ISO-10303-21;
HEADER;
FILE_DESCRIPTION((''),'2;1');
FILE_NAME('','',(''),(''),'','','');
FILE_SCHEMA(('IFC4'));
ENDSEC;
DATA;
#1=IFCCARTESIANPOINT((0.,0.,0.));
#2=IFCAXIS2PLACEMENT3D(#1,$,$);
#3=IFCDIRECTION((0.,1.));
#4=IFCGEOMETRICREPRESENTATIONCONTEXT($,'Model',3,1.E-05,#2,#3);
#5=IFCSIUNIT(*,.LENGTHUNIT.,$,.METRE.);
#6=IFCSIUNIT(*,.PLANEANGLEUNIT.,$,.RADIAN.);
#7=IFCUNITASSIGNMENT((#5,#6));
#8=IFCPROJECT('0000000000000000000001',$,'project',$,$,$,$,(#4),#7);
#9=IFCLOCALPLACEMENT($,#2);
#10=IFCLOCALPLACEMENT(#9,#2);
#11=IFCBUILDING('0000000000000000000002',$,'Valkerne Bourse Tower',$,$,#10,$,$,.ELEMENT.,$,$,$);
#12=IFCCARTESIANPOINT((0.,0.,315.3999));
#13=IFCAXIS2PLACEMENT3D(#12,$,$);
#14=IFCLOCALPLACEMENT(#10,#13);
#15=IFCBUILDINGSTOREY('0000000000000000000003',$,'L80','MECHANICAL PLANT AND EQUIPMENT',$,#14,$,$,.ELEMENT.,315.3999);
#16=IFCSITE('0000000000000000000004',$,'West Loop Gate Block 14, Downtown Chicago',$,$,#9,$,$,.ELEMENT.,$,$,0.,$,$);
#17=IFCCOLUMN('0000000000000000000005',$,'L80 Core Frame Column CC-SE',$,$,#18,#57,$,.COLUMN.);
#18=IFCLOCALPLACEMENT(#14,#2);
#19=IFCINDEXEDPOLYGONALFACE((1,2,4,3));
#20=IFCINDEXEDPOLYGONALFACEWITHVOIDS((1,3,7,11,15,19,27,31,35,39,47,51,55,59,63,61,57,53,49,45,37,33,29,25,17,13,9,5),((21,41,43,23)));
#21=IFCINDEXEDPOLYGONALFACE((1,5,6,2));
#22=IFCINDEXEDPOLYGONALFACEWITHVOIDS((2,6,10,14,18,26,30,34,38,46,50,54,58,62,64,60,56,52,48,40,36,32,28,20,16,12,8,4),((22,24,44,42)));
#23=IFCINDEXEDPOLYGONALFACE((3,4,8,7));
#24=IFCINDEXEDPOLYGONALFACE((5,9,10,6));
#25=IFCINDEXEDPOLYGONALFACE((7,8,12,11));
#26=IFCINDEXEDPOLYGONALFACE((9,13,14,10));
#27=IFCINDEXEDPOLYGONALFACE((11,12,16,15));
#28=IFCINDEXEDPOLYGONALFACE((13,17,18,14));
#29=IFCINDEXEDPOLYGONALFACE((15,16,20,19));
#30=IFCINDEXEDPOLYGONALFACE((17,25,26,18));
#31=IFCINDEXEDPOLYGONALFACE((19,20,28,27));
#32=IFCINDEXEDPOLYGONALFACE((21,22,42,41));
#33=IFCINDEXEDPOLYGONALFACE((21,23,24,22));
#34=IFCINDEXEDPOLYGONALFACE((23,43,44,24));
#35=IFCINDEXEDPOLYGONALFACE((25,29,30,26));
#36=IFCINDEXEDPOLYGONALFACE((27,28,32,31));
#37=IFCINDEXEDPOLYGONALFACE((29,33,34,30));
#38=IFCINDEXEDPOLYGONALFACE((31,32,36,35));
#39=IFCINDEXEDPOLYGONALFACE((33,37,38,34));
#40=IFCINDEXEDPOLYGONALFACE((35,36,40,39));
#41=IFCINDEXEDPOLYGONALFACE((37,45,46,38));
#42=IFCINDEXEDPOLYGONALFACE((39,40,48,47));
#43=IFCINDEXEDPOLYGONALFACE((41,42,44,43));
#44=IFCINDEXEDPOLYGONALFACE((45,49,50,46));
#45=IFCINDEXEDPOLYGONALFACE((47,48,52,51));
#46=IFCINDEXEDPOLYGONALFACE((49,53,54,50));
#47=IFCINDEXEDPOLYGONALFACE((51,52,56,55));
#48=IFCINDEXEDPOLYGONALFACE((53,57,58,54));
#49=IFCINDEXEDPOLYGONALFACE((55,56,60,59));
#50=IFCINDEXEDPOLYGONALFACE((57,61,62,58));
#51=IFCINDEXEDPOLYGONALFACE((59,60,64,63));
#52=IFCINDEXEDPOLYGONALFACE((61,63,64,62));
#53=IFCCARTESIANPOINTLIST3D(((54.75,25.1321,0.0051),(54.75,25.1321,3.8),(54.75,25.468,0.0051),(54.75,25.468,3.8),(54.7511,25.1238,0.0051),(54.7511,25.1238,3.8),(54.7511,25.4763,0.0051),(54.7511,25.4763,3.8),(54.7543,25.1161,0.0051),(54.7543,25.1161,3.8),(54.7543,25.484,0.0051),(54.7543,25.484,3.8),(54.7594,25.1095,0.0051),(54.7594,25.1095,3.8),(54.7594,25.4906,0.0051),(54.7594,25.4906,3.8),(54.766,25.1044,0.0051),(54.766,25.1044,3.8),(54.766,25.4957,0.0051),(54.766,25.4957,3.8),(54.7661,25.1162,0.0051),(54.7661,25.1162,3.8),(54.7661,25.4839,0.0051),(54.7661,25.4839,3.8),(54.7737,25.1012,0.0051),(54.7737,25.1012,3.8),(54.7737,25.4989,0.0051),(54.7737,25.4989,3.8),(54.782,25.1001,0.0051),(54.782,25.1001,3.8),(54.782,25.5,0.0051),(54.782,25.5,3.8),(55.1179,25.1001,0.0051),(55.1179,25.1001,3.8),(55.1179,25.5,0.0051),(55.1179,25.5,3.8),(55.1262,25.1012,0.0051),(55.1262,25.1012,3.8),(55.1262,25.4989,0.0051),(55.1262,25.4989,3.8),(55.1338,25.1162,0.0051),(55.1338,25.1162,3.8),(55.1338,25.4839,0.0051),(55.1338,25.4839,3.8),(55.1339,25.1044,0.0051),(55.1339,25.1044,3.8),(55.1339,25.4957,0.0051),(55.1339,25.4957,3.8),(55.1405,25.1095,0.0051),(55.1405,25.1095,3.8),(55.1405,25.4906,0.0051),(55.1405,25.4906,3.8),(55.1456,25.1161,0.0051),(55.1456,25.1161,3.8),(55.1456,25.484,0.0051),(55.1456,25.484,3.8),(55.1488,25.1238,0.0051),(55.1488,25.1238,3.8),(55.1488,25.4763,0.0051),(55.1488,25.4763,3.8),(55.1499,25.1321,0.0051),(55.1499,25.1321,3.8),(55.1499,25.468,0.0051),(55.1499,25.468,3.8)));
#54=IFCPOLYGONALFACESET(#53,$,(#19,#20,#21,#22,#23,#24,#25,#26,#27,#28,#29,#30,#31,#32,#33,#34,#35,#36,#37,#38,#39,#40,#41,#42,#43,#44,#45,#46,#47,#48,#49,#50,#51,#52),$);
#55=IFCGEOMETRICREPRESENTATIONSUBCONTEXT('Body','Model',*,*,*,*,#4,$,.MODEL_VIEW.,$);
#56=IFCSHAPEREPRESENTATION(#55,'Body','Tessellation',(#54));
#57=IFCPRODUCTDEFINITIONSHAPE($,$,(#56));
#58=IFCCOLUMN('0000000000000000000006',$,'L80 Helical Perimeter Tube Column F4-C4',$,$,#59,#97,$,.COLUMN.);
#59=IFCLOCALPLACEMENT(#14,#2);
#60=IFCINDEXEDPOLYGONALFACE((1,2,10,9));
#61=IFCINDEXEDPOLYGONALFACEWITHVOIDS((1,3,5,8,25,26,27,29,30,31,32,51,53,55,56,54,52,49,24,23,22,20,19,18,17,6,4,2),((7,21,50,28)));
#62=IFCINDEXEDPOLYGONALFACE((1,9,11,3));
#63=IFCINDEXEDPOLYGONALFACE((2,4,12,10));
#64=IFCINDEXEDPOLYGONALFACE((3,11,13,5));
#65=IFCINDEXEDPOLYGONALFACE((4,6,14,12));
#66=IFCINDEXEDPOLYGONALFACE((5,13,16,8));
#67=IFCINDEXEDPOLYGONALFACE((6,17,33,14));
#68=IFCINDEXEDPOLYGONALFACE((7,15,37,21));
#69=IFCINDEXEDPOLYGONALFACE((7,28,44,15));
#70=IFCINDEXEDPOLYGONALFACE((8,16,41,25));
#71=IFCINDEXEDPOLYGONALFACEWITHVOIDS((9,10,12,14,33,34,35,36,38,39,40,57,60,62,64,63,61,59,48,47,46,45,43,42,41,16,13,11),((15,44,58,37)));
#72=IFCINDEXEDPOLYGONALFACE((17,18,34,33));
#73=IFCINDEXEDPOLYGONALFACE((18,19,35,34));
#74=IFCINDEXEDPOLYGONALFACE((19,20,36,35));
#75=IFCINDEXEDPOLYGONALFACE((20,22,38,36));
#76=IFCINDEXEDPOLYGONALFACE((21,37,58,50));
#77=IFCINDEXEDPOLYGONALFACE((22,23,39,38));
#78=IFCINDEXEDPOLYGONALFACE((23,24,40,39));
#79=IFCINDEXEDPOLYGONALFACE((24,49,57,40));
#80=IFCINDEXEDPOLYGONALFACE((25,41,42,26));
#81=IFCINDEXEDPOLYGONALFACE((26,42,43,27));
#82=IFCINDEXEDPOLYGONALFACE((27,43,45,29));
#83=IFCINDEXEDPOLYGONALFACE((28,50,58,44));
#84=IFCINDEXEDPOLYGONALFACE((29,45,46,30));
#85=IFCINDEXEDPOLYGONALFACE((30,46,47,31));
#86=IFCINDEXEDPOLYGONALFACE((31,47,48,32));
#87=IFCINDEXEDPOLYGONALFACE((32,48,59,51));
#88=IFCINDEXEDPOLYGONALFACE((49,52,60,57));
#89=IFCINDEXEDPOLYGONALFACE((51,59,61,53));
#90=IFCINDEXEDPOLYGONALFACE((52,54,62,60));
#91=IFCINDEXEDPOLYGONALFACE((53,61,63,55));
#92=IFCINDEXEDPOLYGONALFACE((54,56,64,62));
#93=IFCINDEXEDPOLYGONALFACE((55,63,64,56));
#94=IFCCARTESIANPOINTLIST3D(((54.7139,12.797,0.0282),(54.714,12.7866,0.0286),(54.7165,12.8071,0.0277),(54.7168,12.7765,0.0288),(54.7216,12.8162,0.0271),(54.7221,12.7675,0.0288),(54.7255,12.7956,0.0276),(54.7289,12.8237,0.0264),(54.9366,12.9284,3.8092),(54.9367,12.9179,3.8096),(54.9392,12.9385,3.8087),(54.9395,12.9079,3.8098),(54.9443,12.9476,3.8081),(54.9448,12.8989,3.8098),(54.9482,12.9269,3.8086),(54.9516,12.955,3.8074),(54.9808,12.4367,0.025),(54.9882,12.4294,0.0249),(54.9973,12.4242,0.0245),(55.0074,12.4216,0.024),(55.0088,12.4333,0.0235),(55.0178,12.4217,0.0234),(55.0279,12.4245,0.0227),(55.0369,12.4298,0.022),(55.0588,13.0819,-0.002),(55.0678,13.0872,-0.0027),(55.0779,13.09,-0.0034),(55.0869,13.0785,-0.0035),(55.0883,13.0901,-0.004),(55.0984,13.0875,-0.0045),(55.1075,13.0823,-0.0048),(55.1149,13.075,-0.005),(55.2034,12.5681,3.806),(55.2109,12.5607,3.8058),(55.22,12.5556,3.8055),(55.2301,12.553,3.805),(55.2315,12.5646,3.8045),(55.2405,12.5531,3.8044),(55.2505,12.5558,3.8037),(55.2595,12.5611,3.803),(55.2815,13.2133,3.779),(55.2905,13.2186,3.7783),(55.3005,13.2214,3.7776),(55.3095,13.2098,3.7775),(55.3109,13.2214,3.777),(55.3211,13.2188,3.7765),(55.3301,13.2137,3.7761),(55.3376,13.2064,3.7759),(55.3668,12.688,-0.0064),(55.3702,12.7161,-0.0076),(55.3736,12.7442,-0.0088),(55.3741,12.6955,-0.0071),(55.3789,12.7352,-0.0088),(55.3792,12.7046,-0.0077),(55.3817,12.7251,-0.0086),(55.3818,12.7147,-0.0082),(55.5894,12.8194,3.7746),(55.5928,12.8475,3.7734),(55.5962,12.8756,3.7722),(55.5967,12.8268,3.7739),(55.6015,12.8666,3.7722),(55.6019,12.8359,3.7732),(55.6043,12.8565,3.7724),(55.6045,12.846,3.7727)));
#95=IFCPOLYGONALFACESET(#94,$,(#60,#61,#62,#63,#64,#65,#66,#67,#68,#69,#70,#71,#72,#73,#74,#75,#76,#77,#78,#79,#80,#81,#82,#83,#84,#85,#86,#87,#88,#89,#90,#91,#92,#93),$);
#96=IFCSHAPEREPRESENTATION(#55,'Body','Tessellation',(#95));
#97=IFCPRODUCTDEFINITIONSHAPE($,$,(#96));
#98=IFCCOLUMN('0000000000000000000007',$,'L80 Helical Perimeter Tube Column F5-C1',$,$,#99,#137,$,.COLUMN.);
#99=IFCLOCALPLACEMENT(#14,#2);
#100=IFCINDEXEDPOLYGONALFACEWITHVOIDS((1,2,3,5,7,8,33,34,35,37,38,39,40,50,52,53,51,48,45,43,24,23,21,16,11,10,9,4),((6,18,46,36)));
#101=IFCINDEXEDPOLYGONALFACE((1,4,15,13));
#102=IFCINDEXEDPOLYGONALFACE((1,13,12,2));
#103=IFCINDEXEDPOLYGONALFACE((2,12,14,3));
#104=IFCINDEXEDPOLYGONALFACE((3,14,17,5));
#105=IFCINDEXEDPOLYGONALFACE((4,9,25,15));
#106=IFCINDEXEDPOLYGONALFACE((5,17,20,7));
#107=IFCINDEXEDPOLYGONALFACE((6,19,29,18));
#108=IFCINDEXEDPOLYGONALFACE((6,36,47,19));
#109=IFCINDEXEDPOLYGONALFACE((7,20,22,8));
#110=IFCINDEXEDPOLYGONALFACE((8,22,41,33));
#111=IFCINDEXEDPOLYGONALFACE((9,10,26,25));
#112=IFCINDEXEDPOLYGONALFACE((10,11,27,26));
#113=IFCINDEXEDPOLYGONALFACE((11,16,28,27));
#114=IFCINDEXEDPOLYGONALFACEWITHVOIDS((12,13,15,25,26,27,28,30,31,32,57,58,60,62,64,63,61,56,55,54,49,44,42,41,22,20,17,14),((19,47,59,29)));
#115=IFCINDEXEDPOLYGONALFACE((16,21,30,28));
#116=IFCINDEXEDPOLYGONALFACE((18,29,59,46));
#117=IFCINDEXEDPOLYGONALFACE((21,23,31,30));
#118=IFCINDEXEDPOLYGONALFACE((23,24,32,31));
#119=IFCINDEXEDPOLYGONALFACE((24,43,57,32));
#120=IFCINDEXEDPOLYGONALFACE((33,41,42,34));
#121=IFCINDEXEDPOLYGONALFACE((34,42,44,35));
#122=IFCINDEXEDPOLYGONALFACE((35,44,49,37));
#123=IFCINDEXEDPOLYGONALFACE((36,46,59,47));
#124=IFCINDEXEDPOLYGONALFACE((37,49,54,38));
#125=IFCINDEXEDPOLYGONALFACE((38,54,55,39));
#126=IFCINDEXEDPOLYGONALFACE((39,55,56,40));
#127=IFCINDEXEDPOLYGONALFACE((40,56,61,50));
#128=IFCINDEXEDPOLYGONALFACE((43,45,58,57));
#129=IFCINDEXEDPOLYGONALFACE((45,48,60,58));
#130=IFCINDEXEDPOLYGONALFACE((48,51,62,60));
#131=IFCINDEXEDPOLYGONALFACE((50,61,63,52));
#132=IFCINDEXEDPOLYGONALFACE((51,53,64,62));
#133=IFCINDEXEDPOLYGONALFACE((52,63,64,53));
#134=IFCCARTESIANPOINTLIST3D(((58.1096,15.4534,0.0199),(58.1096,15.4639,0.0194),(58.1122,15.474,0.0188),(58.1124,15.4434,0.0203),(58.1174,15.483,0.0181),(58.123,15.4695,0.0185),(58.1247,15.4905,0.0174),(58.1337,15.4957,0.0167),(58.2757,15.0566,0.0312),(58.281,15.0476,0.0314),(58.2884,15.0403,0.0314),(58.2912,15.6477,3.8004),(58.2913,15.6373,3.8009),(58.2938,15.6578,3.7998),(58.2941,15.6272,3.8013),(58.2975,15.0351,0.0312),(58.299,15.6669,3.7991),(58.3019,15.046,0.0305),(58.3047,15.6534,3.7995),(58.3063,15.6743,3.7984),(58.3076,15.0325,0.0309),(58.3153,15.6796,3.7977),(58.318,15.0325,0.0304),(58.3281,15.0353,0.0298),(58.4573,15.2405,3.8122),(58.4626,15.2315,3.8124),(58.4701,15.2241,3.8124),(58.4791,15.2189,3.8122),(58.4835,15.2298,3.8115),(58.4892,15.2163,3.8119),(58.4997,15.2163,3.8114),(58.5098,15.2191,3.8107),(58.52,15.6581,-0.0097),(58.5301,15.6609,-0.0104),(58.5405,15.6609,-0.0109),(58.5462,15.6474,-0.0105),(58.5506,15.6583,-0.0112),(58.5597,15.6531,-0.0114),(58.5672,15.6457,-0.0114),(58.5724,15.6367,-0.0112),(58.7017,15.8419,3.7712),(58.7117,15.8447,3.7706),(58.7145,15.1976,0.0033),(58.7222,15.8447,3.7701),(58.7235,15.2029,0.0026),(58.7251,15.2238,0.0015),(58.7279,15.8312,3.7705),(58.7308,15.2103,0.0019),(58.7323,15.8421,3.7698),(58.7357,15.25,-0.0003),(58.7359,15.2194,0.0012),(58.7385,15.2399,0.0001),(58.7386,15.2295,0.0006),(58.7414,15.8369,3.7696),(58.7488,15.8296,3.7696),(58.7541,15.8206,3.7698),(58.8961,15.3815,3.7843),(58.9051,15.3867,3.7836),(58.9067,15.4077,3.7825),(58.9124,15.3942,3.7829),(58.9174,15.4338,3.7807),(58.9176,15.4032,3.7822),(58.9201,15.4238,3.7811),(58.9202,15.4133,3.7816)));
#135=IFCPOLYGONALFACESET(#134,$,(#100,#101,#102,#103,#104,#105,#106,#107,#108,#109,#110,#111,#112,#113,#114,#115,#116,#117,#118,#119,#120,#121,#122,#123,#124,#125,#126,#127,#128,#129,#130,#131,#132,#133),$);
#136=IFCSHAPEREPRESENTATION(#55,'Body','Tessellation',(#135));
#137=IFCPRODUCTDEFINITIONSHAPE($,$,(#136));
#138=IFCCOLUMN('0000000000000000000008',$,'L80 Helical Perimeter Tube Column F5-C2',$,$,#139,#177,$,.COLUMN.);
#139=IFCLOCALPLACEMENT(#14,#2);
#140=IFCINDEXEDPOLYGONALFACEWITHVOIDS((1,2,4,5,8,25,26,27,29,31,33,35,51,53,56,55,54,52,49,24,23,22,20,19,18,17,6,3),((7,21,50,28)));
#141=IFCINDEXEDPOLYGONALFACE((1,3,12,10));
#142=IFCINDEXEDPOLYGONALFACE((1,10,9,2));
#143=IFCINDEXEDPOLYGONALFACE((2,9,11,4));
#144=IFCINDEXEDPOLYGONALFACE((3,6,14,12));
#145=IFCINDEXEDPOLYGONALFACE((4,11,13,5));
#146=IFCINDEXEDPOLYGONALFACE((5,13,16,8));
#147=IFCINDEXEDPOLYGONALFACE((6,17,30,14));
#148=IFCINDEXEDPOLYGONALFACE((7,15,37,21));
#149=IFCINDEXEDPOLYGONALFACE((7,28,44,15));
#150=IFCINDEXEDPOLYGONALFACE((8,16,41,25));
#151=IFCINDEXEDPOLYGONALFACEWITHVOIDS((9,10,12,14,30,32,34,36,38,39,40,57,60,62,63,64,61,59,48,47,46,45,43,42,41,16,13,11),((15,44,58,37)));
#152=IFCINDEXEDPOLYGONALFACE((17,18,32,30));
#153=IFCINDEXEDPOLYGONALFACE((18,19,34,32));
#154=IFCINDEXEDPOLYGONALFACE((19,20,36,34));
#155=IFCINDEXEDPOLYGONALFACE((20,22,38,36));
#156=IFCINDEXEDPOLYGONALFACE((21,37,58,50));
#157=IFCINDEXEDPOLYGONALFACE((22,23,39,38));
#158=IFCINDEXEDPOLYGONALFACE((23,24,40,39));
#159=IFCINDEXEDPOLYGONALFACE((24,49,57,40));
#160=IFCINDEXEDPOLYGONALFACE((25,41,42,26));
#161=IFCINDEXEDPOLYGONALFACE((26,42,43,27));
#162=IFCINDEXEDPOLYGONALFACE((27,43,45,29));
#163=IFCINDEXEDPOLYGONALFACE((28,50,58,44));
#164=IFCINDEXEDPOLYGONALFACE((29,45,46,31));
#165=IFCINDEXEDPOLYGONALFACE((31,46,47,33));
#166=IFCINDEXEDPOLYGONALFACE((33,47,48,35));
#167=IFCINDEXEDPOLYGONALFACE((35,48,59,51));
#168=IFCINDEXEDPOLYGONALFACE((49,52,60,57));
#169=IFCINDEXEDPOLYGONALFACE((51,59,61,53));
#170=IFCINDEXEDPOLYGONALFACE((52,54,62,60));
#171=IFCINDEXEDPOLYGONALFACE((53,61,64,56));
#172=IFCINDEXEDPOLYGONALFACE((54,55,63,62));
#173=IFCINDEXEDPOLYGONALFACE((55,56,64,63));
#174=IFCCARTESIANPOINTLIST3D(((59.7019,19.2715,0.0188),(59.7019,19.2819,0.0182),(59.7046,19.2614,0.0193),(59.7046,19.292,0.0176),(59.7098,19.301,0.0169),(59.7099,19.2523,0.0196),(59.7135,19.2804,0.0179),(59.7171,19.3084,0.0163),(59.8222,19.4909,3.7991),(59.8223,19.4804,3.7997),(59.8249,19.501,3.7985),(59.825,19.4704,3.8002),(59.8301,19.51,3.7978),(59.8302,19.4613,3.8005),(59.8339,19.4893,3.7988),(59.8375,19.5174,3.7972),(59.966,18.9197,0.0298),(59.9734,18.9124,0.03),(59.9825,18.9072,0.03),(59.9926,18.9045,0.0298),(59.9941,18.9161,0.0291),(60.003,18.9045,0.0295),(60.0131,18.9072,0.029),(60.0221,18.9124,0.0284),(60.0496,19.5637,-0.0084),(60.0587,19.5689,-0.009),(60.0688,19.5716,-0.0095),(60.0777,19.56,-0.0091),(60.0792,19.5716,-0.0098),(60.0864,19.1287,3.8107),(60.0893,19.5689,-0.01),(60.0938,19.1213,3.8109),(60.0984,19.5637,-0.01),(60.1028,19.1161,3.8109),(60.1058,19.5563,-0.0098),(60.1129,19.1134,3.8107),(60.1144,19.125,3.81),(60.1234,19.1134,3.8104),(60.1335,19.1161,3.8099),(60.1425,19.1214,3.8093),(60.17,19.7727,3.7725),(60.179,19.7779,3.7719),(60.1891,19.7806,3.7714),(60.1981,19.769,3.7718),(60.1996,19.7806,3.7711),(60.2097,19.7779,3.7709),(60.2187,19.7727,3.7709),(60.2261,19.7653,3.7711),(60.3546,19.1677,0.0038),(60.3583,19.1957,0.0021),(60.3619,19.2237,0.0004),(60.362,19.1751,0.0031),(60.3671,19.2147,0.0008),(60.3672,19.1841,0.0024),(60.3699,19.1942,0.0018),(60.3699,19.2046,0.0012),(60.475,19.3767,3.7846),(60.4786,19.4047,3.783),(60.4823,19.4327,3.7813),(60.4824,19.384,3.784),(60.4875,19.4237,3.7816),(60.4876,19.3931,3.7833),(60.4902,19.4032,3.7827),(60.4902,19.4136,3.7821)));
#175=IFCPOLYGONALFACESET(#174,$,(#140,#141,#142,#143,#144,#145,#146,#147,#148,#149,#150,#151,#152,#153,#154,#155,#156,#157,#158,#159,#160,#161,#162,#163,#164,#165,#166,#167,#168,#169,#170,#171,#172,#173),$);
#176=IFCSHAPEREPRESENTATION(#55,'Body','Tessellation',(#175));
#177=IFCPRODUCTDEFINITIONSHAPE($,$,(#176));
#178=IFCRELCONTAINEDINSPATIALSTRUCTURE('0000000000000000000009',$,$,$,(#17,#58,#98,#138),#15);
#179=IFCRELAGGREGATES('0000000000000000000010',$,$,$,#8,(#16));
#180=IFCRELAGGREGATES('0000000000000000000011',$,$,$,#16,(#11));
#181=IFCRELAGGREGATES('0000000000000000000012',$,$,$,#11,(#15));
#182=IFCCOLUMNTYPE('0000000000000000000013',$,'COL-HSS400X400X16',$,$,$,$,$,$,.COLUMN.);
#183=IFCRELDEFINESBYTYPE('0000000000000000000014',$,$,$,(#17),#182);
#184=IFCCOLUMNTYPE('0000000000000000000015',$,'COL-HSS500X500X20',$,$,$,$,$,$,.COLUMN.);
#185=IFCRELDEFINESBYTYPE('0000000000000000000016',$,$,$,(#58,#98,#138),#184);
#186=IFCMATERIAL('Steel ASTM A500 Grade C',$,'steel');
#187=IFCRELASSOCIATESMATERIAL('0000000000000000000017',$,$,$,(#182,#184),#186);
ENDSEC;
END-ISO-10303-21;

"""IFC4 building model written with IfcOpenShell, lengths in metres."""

from ifc_helpers import new_model, si_unit, direction, frame, origin, origin_2d, place, context, subcontext, project, spatial, hollow_rectangle, extrude, material, material_profile, profile_set, type_object, element, save


model = new_model("IFC4")

# Units and contexts
model_context = context("Model", 3, precision=1e-05, world=origin(), true_north=direction((0.0, 1.0)))
body_context = subcontext(model_context, "Body", "Model", "MODEL_VIEW")
ifc_project = project(units=[si_unit("LENGTHUNIT", "METRE"), si_unit("PLANEANGLEUNIT", "RADIAN")], contexts=[model_context])

# Site, building, storey
site_placement = place(None, origin())
site = spatial("IfcSite", under=ifc_project, at=site_placement, Name="West Loop Gate Block 14, Downtown Chicago", CompositionType="ELEMENT", RefElevation=0.0)
building_placement = place(site_placement, origin())
building = spatial("IfcBuilding", under=site, at=building_placement, Name="Valkerne Bourse Tower", CompositionType="ELEMENT")
storey_placement = place(building_placement, frame((0.0, 0.0, 315.3999)))
storey = spatial("IfcBuildingStorey", under=building, at=storey_placement, Name="L80", Description="MECHANICAL PLANT AND EQUIPMENT", CompositionType="ELEMENT", Elevation=315.3999)

# Columns
ifc_material_1 = material(Name="Steel ASTM A500 Grade C", Category="steel")
ifc_material_profile_1 = material_profile(ifc_material_1, hollow_rectangle(XDim=0.3999, YDim=0.3999, WallThickness=0.0161, OuterFilletRadius=0.032, at=origin_2d()), Name="HSS400X400X16")
ifc_profile_set_1 = profile_set([ifc_material_profile_1], Name="Steel ASTM A500 Grade C")
column_type_1 = type_object("IfcColumnType", Name="COL-HSS400X400X16", PredefinedType="COLUMN", material=ifc_profile_set_1)
column_placement = place(storey_placement, frame((54.95, 25.3, 0.0051), z_axis=(0.0, 0.0, 1.0), x_axis=(1.0, 0.0, 0.0)))
element("IfcColumn", 1, at=column_placement, inside=storey, type_object=column_type_1, Name="L80 Core Frame Column CC-SE", PredefinedType="COLUMN", context=body_context, shape_type="SweptSolid", body=[
    extrude(hollow_rectangle(XDim=0.3999, YDim=0.3999, WallThickness=0.0161, OuterFilletRadius=0.032, at=origin_2d()), origin(), (0.0, 0.0, 1.0), 3.7949),
])
ifc_material_profile_2 = material_profile(ifc_material_1, hollow_rectangle(XDim=0.5, YDim=0.5, WallThickness=0.02, OuterFilletRadius=0.04, at=origin_2d()), Name="HSS500X500X20")
ifc_profile_set_2 = profile_set([ifc_material_profile_2], Name="Steel ASTM A500 Grade C")
column_type_2 = type_object("IfcColumnType", Name="COL-HSS500X500X20", PredefinedType="COLUMN", material=ifc_profile_set_2)
for number, where, z_axis, x_axis, name in (
    (2, (55.0479, 12.7559, 0.01), (0.058751, 0.034658, 0.997671), (-0.615907, 0.787769, 0.008903), "L80 Helical Perimeter Tube Column F4-C4"),
    (3, (58.4241, 15.3467, 0.01), (0.047928, 0.048508, 0.997672), (-0.920051, -0.386701, 0.063001), "L80 Helical Perimeter Tube Column F5-C1"),
):
    element("IfcColumn", number, at=place(storey_placement, frame(where, z_axis=z_axis, x_axis=x_axis)), inside=storey, type_object=column_type_2, Name=name, PredefinedType="COLUMN", context=body_context, shape_type="SweptSolid", body=[
        extrude(hollow_rectangle(XDim=0.5, YDim=0.5, WallThickness=0.02, OuterFilletRadius=0.04, at=origin_2d()), origin(), (0.0, 0.0, 1.0), 3.7898),
    ])
for number, where, z_axis, x_axis, name in (
    (4, (60.0359, 19.238, 0.01), (0.031769, 0.05516, 0.997972), (-0.791771, -0.60798, 0.058809), "L80 Helical Perimeter Tube Column F5-C2"),
):
    element("IfcColumn", number, at=place(storey_placement, frame(where, z_axis=z_axis, x_axis=x_axis)), inside=storey, type_object=column_type_2, Name=name, PredefinedType="COLUMN", context=body_context, shape_type="SweptSolid", body=[
        extrude(hollow_rectangle(XDim=0.5, YDim=0.5, WallThickness=0.02, OuterFilletRadius=0.04, at=origin_2d()), origin(), (0.0, 0.0, 1.0), 3.7886),
    ])

save(model, "model.ifc")
